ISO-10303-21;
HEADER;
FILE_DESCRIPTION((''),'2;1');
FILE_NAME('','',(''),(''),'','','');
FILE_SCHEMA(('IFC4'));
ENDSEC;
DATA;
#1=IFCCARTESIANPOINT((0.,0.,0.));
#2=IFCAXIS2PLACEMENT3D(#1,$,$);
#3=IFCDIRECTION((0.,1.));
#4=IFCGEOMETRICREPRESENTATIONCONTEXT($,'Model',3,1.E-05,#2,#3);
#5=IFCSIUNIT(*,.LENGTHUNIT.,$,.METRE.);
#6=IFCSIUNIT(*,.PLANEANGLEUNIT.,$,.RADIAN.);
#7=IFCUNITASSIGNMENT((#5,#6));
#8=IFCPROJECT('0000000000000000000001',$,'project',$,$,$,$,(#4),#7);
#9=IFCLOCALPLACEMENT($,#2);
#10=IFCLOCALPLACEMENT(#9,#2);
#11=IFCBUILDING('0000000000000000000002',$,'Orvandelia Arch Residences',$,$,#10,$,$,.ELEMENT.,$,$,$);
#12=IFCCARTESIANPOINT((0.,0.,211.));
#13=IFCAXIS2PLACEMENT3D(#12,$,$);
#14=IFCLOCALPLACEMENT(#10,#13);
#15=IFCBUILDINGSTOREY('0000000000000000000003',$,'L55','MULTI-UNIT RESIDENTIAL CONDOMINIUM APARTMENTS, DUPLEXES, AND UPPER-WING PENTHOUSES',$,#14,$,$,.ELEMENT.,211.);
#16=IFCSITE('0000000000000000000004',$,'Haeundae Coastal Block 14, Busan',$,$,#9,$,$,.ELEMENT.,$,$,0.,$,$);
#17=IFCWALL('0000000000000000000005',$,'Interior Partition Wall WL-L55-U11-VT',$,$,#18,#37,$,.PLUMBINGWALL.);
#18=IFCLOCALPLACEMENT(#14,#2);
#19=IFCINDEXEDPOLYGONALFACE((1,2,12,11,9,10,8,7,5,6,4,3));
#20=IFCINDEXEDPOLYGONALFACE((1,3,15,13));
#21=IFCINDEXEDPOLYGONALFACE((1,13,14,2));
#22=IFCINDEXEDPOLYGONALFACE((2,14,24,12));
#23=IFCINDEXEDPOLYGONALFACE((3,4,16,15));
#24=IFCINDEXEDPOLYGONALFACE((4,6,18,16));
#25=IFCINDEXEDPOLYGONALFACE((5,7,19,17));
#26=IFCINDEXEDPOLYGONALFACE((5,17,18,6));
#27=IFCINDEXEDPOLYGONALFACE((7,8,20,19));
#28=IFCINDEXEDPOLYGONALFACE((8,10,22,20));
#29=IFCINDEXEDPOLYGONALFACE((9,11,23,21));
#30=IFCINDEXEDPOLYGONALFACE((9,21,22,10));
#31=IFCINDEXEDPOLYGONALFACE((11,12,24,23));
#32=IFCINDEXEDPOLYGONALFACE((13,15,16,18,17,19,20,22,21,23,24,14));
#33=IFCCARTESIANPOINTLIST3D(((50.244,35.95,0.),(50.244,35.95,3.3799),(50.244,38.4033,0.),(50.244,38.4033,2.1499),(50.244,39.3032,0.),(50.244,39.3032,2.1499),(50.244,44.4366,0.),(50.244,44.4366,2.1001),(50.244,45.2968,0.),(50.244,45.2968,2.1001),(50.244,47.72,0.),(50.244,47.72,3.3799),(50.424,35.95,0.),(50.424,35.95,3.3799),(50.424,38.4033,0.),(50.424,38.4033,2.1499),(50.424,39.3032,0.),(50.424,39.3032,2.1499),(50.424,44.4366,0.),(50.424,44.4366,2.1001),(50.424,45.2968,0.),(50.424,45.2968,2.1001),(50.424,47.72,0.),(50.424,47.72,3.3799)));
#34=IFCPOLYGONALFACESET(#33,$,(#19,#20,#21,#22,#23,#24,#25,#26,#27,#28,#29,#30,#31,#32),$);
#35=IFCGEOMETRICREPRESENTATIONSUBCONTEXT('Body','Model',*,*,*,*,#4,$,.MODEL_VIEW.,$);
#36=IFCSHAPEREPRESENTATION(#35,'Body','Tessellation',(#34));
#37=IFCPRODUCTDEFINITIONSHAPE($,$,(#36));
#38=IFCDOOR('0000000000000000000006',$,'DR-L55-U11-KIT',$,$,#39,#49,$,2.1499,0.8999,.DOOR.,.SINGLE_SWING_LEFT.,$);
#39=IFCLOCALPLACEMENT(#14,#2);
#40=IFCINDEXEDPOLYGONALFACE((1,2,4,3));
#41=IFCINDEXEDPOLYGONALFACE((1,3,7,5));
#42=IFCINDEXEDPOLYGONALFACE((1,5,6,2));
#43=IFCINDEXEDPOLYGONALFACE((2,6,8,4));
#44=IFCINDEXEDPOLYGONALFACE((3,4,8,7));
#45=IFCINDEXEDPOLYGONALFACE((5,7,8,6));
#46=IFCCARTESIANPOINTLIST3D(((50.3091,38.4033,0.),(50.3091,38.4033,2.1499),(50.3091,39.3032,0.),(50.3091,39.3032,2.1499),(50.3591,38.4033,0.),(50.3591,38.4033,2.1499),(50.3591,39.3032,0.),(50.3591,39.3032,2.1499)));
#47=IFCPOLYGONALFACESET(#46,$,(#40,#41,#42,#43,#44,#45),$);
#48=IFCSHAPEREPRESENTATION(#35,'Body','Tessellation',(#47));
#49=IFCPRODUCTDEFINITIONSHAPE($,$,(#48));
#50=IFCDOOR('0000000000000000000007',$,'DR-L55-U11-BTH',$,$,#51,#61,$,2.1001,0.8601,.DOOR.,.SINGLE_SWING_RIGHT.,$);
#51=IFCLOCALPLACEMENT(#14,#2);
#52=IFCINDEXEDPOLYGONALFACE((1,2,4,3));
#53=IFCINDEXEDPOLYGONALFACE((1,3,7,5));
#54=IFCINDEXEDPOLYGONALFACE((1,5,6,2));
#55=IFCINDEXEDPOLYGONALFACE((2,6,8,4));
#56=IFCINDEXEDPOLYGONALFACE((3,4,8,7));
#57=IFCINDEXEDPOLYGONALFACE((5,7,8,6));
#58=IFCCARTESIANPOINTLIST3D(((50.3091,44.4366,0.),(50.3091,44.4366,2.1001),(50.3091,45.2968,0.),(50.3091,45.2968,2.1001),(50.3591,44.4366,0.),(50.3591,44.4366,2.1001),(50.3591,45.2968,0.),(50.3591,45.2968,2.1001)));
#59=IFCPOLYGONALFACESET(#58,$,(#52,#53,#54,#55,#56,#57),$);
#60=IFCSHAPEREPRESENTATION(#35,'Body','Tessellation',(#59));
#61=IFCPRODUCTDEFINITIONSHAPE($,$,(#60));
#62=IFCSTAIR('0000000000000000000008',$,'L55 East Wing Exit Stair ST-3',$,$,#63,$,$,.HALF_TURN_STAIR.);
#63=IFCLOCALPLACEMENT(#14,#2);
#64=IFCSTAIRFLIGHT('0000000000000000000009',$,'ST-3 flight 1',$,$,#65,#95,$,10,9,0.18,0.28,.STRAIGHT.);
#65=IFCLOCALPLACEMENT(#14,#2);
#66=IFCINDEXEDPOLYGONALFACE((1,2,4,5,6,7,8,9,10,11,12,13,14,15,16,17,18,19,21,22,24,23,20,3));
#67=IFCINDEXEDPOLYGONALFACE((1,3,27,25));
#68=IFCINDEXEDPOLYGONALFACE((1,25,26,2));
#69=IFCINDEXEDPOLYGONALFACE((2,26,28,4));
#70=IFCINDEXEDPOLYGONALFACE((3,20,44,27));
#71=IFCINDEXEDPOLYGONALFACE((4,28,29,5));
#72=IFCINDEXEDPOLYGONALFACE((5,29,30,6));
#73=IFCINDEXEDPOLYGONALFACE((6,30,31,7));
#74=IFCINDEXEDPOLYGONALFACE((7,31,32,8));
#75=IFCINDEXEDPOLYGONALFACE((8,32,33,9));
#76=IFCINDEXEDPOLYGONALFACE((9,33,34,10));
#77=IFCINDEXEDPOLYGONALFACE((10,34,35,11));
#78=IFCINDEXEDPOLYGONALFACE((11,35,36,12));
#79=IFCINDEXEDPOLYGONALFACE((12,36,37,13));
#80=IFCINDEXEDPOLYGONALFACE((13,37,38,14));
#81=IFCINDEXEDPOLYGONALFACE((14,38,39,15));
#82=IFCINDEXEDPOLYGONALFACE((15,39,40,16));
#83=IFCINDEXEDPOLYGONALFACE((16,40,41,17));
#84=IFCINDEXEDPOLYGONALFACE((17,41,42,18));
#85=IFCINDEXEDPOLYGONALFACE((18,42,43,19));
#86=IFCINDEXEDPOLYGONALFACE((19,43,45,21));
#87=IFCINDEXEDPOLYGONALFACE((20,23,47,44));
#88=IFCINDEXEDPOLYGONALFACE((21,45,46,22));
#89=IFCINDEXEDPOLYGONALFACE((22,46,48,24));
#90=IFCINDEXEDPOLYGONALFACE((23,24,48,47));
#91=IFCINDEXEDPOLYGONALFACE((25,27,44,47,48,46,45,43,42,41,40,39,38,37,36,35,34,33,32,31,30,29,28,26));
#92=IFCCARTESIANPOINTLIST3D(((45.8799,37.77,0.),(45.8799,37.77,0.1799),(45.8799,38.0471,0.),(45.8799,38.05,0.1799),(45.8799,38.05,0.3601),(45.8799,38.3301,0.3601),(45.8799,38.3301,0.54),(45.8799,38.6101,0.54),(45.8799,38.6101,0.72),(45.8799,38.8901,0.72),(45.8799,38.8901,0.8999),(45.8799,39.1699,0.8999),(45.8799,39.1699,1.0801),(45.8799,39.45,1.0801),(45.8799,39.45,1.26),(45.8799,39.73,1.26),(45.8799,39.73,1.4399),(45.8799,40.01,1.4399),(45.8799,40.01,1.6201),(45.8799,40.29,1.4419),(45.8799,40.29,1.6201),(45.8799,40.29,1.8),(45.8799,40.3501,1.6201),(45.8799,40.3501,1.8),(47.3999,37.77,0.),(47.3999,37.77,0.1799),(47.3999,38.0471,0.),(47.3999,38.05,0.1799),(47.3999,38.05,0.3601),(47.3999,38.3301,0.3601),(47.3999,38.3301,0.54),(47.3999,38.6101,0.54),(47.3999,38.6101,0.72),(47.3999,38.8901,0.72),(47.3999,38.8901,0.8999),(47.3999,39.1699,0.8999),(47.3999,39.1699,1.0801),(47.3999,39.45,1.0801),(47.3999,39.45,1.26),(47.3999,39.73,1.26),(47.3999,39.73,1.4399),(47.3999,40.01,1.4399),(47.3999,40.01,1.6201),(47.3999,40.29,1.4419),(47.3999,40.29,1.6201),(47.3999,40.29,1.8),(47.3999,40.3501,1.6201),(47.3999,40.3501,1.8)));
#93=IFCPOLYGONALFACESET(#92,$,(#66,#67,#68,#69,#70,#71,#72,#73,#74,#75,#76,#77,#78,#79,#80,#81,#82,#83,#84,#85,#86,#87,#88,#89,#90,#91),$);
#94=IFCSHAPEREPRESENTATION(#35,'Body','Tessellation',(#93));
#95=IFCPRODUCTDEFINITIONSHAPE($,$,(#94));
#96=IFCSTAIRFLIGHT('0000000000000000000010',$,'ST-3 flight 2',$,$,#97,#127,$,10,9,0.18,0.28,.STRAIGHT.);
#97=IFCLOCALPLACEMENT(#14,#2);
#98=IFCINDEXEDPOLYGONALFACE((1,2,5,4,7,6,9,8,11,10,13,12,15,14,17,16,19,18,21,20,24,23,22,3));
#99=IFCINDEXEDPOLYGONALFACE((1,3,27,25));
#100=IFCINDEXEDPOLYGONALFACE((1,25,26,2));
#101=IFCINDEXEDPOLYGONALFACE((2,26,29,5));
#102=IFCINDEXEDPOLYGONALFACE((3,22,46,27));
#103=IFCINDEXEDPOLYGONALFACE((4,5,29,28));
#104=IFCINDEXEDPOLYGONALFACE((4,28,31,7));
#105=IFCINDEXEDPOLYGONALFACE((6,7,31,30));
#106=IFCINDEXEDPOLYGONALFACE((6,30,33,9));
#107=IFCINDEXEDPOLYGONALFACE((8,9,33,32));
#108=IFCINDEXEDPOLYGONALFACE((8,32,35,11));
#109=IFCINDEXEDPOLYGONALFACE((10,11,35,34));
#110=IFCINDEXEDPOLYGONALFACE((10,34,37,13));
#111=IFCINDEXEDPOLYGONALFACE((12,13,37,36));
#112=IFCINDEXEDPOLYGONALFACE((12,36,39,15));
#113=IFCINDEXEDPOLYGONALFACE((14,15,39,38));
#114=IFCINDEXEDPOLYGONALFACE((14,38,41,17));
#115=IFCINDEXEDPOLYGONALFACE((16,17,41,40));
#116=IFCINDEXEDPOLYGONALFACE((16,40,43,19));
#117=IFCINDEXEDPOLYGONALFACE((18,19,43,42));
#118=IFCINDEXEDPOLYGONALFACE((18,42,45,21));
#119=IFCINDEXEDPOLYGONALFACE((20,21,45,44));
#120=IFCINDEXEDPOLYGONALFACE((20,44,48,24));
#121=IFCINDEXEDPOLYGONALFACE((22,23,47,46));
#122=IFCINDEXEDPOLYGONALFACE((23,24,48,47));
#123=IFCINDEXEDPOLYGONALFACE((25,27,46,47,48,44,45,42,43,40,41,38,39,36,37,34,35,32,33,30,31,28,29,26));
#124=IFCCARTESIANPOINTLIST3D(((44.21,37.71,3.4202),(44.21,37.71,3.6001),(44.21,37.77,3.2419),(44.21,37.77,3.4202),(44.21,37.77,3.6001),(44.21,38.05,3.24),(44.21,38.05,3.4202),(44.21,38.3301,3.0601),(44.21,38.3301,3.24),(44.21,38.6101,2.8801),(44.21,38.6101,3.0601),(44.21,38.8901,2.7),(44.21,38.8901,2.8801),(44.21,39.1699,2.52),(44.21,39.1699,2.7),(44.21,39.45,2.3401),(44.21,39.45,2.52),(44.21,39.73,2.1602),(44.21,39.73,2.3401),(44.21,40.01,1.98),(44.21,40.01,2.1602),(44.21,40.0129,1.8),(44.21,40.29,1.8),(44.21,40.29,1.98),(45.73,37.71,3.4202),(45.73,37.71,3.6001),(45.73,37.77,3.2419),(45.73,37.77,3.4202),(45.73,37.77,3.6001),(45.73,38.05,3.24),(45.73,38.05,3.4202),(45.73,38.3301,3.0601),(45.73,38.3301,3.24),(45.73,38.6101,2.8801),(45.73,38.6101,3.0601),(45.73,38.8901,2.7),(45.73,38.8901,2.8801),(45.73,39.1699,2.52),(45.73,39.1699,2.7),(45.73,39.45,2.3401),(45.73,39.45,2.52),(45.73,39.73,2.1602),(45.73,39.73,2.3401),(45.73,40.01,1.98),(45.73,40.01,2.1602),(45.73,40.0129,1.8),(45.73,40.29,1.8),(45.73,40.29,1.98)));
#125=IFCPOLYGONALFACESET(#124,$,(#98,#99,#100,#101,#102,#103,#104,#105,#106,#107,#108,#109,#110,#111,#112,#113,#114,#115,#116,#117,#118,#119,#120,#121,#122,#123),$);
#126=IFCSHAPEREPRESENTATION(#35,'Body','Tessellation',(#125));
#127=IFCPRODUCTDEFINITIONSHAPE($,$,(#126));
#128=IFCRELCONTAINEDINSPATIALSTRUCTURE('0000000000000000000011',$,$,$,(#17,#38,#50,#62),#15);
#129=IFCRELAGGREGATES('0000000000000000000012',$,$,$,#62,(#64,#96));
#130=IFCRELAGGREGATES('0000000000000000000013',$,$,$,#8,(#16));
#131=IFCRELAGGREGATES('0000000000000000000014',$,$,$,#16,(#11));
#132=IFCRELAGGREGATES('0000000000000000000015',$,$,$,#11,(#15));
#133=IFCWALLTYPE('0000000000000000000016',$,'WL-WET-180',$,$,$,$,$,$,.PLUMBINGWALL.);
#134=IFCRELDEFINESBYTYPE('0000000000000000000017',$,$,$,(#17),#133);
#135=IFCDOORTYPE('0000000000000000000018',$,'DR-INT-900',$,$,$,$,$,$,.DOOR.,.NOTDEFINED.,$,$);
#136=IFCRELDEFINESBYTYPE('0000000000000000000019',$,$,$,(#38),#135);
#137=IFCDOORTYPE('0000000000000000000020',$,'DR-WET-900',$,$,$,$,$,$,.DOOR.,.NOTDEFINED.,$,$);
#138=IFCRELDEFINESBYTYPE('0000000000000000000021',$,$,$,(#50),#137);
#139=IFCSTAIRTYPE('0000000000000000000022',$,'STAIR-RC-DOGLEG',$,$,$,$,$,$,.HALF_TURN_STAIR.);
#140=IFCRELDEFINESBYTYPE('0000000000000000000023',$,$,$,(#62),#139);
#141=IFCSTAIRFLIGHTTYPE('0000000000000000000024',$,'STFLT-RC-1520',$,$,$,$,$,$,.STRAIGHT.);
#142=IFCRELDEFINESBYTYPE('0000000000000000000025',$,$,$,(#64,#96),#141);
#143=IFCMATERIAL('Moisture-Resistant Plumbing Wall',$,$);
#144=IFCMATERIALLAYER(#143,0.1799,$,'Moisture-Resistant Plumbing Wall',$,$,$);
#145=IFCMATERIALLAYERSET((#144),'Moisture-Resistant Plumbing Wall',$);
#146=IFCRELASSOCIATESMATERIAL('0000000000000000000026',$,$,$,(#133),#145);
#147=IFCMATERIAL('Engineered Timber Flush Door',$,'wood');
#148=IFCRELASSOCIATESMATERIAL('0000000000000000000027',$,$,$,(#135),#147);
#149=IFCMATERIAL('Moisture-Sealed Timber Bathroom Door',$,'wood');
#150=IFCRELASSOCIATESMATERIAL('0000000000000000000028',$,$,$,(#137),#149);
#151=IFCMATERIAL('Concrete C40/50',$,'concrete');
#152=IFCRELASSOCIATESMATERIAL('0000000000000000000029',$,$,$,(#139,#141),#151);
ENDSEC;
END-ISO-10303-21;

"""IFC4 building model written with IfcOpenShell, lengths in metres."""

from ifc_helpers import new_model, si_unit, direction, frame, frame_2d, origin, place, context, subcontext, project, spatial, polyline, rectangle, outline, extrude, material, layer, layer_set, type_object, element, fill, aggregate, save


model = new_model("IFC4")

# Units and contexts
model_context = context("Model", 3, precision=1e-05, world=origin(), true_north=direction((0.0, 1.0)))
body_context = subcontext(model_context, "Body", "Model", "MODEL_VIEW")
ifc_project = project(units=[si_unit("LENGTHUNIT", "METRE"), si_unit("PLANEANGLEUNIT", "RADIAN")], contexts=[model_context])

# Site, building, storey
site_placement = place(None, origin())
site = spatial("IfcSite", under=ifc_project, at=site_placement, Name="Haeundae Coastal Block 14, Busan", CompositionType="ELEMENT", RefElevation=0.0)
building_placement = place(site_placement, origin())
building = spatial("IfcBuilding", under=site, at=building_placement, Name="Orvandelia Arch Residences", CompositionType="ELEMENT")
storey_placement = place(building_placement, frame((0.0, 0.0, 211.0)))
storey = spatial("IfcBuildingStorey", under=building, at=storey_placement, Name="L55", Description="MULTI-UNIT RESIDENTIAL CONDOMINIUM APARTMENTS, DUPLEXES, AND UPPER-WING PENTHOUSES", CompositionType="ELEMENT", Elevation=211.0)

# Wall, openings, doors
ifc_material_1 = material(Name="Moisture-Resistant Plumbing Wall")
ifc_layer_1 = layer(ifc_material_1, 0.1799, Name="Moisture-Resistant Plumbing Wall")
ifc_layer_set_1 = layer_set([ifc_layer_1], Name="Moisture-Resistant Plumbing Wall")
wall_type_1 = type_object("IfcWallType", Name="WL-WET-180", PredefinedType="PLUMBINGWALL", material=ifc_layer_set_1)
wall_1_placement = place(storey_placement, frame((50.334, 35.95, 0.0), z_axis=(0.0, 0.0, 1.0), x_axis=(0.0, 1.0, 0.0)))
wall_1 = element("IfcWall", 1, at=wall_1_placement, inside=storey, type_object=wall_type_1, Name="Interior Partition Wall WL-L55-U11-VT", PredefinedType="PLUMBINGWALL", context=body_context, shape_type="SweptSolid", body=[
    extrude(rectangle(XDim=11.77, YDim=0.1799, at=frame_2d((5.885, 0.0))), origin(), (0.0, 0.0, 1.0), 3.3799),
])
opening_1_placement = place(wall_1_placement, frame((2.4534, 0.0, 0.0)))
opening_1 = element("IfcOpeningElement", 2, at=opening_1_placement, cuts=wall_1, PredefinedType="OPENING", context=body_context, shape_type="SweptSolid", body=[
    extrude(rectangle(XDim=0.8999, YDim=2.1499, at=frame_2d((0.45, 1.075))), frame((0.0, 0.1001, 0.0), z_axis=(0.0, -1.0, 0.0), x_axis=(1.0, 0.0, 0.0)), (0.0, 0.0, 1.0), 0.2),
])
opening_2_placement = place(wall_1_placement, frame((8.4866, 0.0, 0.0)))
opening_2 = element("IfcOpeningElement", 3, at=opening_2_placement, cuts=wall_1, PredefinedType="OPENING", context=body_context, shape_type="SweptSolid", body=[
    extrude(rectangle(XDim=0.8601, YDim=2.1001, at=frame_2d((0.4302, 1.05))), frame((0.0, 0.1001, 0.0), z_axis=(0.0, -1.0, 0.0), x_axis=(1.0, 0.0, 0.0)), (0.0, 0.0, 1.0), 0.2),
])
ifc_material_2 = material(Name="Engineered Timber Flush Door", Category="wood")
door_type_1 = type_object("IfcDoorType", Name="DR-INT-900", OperationType="NOTDEFINED", PredefinedType="DOOR", material=ifc_material_2)
door_1_placement = place(opening_1_placement, origin())
door_1 = element("IfcDoor", 4, at=door_1_placement, inside=storey, type_object=door_type_1, Name="DR-L55-U11-KIT", OperationType="SINGLE_SWING_LEFT", OverallHeight=2.1499, OverallWidth=0.8999, PredefinedType="DOOR", context=body_context, shape_type="SweptSolid", body=[
    extrude(rectangle(XDim=0.8999, YDim=2.1499, at=frame_2d((0.45, 1.075))), frame((0.0, 0.0249, 0.0), z_axis=(0.0, -1.0, 0.0), x_axis=(1.0, 0.0, 0.0)), (0.0, 0.0, 1.0), 0.05),
])
fill(opening_1, door_1)
ifc_material_3 = material(Name="Moisture-Sealed Timber Bathroom Door", Category="wood")
door_type_2 = type_object("IfcDoorType", Name="DR-WET-900", OperationType="NOTDEFINED", PredefinedType="DOOR", material=ifc_material_3)
door_2_placement = place(opening_2_placement, origin())
door_2 = element("IfcDoor", 5, at=door_2_placement, inside=storey, type_object=door_type_2, Name="DR-L55-U11-BTH", OperationType="SINGLE_SWING_RIGHT", OverallHeight=2.1001, OverallWidth=0.8601, PredefinedType="DOOR", context=body_context, shape_type="SweptSolid", body=[
    extrude(rectangle(XDim=0.8601, YDim=2.1001, at=frame_2d((0.4302, 1.05))), frame((0.0, 0.0249, 0.0), z_axis=(0.0, -1.0, 0.0), x_axis=(1.0, 0.0, 0.0)), (0.0, 0.0, 1.0), 0.05),
])
fill(opening_2, door_2)

# Stair, stair flights
ifc_material_4 = material(Name="Concrete C40/50", Category="concrete")
stair_type = type_object("IfcStairType", Name="STAIR-RC-DOGLEG", PredefinedType="HALF_TURN_STAIR", material=ifc_material_4)
stair_placement = place(storey_placement, origin())
stair = element("IfcStair", 6, at=stair_placement, inside=storey, type_object=stair_type, Name="L55 East Wing Exit Stair ST-3", PredefinedType="HALF_TURN_STAIR")
stair_flight_type = type_object("IfcStairFlightType", Name="STFLT-RC-1520", PredefinedType="STRAIGHT", material=ifc_material_4)
stair_flight_1_placement = place(storey_placement, frame((46.6399, 37.77, 0.0), z_axis=(0.0, 0.0, 1.0), x_axis=(0.0, 1.0, 0.0)))
stair_flight_1 = element("IfcStairFlight", 7, at=stair_flight_1_placement, type_object=stair_flight_type, Name="ST-3 flight 1", NumberOfRisers=10, NumberOfTreads=9, PredefinedType="STRAIGHT", RiserHeight=0.18, TreadLength=0.28, context=body_context, shape_type="SweptSolid", body=[
    extrude(outline(polyline([(0.0, 0.0), (0.0, 0.1799), (0.28, 0.1799), (0.28, 0.3601), (0.5601, 0.3601), (0.5601, 0.54), (0.8401, 0.54), (0.8401, 0.72), (1.1201, 0.72), (1.1201, 0.8999), (1.3999, 0.8999), (1.3999, 1.0801), (1.6799, 1.0801), (1.6799, 1.26), (1.96, 1.26), (1.96, 1.4399), (2.24, 1.4399), (2.24, 1.6201), (2.52, 1.6201), (2.52, 1.8), (2.5801, 1.8), (2.5801, 1.6201), (2.52, 1.4419), (0.2771, 0.0), (0.0, 0.0)])), frame((0.0, 0.76, 0.0), z_axis=(0.0, -1.0, 0.0), x_axis=(1.0, 0.0, 0.0)), (0.0, 0.0, 1.0), 1.52),
])
stair_flight_2_placement = place(storey_placement, frame((44.97, 40.29, 1.8), z_axis=(0.0, 0.0, 1.0), x_axis=(0.0, -1.0, 0.0)))
stair_flight_2 = element("IfcStairFlight", 8, at=stair_flight_2_placement, type_object=stair_flight_type, Name="ST-3 flight 2", NumberOfRisers=10, NumberOfTreads=9, PredefinedType="STRAIGHT", RiserHeight=0.18, TreadLength=0.28, context=body_context, shape_type="SweptSolid", body=[
    extrude(outline(polyline([(0.0, 0.0), (0.0, 0.1799), (0.28, 0.1799), (0.28, 0.3601), (0.5601, 0.3601), (0.5601, 0.54), (0.8401, 0.54), (0.8401, 0.72), (1.1201, 0.72), (1.1201, 0.8999), (1.3999, 0.8999), (1.3999, 1.0801), (1.6799, 1.0801), (1.6799, 1.26), (1.96, 1.26), (1.96, 1.4399), (2.24, 1.4399), (2.24, 1.6201), (2.52, 1.6201), (2.52, 1.8), (2.5801, 1.8), (2.5801, 1.6201), (2.52, 1.4419), (0.2771, 0.0), (0.0, 0.0)])), frame((0.0, 0.76, 0.0), z_axis=(0.0, -1.0, 0.0), x_axis=(1.0, 0.0, 0.0)), (0.0, 0.0, 1.0), 1.52),
])
aggregate(stair, [stair_flight_1, stair_flight_2])

save(model, "model.ifc")
